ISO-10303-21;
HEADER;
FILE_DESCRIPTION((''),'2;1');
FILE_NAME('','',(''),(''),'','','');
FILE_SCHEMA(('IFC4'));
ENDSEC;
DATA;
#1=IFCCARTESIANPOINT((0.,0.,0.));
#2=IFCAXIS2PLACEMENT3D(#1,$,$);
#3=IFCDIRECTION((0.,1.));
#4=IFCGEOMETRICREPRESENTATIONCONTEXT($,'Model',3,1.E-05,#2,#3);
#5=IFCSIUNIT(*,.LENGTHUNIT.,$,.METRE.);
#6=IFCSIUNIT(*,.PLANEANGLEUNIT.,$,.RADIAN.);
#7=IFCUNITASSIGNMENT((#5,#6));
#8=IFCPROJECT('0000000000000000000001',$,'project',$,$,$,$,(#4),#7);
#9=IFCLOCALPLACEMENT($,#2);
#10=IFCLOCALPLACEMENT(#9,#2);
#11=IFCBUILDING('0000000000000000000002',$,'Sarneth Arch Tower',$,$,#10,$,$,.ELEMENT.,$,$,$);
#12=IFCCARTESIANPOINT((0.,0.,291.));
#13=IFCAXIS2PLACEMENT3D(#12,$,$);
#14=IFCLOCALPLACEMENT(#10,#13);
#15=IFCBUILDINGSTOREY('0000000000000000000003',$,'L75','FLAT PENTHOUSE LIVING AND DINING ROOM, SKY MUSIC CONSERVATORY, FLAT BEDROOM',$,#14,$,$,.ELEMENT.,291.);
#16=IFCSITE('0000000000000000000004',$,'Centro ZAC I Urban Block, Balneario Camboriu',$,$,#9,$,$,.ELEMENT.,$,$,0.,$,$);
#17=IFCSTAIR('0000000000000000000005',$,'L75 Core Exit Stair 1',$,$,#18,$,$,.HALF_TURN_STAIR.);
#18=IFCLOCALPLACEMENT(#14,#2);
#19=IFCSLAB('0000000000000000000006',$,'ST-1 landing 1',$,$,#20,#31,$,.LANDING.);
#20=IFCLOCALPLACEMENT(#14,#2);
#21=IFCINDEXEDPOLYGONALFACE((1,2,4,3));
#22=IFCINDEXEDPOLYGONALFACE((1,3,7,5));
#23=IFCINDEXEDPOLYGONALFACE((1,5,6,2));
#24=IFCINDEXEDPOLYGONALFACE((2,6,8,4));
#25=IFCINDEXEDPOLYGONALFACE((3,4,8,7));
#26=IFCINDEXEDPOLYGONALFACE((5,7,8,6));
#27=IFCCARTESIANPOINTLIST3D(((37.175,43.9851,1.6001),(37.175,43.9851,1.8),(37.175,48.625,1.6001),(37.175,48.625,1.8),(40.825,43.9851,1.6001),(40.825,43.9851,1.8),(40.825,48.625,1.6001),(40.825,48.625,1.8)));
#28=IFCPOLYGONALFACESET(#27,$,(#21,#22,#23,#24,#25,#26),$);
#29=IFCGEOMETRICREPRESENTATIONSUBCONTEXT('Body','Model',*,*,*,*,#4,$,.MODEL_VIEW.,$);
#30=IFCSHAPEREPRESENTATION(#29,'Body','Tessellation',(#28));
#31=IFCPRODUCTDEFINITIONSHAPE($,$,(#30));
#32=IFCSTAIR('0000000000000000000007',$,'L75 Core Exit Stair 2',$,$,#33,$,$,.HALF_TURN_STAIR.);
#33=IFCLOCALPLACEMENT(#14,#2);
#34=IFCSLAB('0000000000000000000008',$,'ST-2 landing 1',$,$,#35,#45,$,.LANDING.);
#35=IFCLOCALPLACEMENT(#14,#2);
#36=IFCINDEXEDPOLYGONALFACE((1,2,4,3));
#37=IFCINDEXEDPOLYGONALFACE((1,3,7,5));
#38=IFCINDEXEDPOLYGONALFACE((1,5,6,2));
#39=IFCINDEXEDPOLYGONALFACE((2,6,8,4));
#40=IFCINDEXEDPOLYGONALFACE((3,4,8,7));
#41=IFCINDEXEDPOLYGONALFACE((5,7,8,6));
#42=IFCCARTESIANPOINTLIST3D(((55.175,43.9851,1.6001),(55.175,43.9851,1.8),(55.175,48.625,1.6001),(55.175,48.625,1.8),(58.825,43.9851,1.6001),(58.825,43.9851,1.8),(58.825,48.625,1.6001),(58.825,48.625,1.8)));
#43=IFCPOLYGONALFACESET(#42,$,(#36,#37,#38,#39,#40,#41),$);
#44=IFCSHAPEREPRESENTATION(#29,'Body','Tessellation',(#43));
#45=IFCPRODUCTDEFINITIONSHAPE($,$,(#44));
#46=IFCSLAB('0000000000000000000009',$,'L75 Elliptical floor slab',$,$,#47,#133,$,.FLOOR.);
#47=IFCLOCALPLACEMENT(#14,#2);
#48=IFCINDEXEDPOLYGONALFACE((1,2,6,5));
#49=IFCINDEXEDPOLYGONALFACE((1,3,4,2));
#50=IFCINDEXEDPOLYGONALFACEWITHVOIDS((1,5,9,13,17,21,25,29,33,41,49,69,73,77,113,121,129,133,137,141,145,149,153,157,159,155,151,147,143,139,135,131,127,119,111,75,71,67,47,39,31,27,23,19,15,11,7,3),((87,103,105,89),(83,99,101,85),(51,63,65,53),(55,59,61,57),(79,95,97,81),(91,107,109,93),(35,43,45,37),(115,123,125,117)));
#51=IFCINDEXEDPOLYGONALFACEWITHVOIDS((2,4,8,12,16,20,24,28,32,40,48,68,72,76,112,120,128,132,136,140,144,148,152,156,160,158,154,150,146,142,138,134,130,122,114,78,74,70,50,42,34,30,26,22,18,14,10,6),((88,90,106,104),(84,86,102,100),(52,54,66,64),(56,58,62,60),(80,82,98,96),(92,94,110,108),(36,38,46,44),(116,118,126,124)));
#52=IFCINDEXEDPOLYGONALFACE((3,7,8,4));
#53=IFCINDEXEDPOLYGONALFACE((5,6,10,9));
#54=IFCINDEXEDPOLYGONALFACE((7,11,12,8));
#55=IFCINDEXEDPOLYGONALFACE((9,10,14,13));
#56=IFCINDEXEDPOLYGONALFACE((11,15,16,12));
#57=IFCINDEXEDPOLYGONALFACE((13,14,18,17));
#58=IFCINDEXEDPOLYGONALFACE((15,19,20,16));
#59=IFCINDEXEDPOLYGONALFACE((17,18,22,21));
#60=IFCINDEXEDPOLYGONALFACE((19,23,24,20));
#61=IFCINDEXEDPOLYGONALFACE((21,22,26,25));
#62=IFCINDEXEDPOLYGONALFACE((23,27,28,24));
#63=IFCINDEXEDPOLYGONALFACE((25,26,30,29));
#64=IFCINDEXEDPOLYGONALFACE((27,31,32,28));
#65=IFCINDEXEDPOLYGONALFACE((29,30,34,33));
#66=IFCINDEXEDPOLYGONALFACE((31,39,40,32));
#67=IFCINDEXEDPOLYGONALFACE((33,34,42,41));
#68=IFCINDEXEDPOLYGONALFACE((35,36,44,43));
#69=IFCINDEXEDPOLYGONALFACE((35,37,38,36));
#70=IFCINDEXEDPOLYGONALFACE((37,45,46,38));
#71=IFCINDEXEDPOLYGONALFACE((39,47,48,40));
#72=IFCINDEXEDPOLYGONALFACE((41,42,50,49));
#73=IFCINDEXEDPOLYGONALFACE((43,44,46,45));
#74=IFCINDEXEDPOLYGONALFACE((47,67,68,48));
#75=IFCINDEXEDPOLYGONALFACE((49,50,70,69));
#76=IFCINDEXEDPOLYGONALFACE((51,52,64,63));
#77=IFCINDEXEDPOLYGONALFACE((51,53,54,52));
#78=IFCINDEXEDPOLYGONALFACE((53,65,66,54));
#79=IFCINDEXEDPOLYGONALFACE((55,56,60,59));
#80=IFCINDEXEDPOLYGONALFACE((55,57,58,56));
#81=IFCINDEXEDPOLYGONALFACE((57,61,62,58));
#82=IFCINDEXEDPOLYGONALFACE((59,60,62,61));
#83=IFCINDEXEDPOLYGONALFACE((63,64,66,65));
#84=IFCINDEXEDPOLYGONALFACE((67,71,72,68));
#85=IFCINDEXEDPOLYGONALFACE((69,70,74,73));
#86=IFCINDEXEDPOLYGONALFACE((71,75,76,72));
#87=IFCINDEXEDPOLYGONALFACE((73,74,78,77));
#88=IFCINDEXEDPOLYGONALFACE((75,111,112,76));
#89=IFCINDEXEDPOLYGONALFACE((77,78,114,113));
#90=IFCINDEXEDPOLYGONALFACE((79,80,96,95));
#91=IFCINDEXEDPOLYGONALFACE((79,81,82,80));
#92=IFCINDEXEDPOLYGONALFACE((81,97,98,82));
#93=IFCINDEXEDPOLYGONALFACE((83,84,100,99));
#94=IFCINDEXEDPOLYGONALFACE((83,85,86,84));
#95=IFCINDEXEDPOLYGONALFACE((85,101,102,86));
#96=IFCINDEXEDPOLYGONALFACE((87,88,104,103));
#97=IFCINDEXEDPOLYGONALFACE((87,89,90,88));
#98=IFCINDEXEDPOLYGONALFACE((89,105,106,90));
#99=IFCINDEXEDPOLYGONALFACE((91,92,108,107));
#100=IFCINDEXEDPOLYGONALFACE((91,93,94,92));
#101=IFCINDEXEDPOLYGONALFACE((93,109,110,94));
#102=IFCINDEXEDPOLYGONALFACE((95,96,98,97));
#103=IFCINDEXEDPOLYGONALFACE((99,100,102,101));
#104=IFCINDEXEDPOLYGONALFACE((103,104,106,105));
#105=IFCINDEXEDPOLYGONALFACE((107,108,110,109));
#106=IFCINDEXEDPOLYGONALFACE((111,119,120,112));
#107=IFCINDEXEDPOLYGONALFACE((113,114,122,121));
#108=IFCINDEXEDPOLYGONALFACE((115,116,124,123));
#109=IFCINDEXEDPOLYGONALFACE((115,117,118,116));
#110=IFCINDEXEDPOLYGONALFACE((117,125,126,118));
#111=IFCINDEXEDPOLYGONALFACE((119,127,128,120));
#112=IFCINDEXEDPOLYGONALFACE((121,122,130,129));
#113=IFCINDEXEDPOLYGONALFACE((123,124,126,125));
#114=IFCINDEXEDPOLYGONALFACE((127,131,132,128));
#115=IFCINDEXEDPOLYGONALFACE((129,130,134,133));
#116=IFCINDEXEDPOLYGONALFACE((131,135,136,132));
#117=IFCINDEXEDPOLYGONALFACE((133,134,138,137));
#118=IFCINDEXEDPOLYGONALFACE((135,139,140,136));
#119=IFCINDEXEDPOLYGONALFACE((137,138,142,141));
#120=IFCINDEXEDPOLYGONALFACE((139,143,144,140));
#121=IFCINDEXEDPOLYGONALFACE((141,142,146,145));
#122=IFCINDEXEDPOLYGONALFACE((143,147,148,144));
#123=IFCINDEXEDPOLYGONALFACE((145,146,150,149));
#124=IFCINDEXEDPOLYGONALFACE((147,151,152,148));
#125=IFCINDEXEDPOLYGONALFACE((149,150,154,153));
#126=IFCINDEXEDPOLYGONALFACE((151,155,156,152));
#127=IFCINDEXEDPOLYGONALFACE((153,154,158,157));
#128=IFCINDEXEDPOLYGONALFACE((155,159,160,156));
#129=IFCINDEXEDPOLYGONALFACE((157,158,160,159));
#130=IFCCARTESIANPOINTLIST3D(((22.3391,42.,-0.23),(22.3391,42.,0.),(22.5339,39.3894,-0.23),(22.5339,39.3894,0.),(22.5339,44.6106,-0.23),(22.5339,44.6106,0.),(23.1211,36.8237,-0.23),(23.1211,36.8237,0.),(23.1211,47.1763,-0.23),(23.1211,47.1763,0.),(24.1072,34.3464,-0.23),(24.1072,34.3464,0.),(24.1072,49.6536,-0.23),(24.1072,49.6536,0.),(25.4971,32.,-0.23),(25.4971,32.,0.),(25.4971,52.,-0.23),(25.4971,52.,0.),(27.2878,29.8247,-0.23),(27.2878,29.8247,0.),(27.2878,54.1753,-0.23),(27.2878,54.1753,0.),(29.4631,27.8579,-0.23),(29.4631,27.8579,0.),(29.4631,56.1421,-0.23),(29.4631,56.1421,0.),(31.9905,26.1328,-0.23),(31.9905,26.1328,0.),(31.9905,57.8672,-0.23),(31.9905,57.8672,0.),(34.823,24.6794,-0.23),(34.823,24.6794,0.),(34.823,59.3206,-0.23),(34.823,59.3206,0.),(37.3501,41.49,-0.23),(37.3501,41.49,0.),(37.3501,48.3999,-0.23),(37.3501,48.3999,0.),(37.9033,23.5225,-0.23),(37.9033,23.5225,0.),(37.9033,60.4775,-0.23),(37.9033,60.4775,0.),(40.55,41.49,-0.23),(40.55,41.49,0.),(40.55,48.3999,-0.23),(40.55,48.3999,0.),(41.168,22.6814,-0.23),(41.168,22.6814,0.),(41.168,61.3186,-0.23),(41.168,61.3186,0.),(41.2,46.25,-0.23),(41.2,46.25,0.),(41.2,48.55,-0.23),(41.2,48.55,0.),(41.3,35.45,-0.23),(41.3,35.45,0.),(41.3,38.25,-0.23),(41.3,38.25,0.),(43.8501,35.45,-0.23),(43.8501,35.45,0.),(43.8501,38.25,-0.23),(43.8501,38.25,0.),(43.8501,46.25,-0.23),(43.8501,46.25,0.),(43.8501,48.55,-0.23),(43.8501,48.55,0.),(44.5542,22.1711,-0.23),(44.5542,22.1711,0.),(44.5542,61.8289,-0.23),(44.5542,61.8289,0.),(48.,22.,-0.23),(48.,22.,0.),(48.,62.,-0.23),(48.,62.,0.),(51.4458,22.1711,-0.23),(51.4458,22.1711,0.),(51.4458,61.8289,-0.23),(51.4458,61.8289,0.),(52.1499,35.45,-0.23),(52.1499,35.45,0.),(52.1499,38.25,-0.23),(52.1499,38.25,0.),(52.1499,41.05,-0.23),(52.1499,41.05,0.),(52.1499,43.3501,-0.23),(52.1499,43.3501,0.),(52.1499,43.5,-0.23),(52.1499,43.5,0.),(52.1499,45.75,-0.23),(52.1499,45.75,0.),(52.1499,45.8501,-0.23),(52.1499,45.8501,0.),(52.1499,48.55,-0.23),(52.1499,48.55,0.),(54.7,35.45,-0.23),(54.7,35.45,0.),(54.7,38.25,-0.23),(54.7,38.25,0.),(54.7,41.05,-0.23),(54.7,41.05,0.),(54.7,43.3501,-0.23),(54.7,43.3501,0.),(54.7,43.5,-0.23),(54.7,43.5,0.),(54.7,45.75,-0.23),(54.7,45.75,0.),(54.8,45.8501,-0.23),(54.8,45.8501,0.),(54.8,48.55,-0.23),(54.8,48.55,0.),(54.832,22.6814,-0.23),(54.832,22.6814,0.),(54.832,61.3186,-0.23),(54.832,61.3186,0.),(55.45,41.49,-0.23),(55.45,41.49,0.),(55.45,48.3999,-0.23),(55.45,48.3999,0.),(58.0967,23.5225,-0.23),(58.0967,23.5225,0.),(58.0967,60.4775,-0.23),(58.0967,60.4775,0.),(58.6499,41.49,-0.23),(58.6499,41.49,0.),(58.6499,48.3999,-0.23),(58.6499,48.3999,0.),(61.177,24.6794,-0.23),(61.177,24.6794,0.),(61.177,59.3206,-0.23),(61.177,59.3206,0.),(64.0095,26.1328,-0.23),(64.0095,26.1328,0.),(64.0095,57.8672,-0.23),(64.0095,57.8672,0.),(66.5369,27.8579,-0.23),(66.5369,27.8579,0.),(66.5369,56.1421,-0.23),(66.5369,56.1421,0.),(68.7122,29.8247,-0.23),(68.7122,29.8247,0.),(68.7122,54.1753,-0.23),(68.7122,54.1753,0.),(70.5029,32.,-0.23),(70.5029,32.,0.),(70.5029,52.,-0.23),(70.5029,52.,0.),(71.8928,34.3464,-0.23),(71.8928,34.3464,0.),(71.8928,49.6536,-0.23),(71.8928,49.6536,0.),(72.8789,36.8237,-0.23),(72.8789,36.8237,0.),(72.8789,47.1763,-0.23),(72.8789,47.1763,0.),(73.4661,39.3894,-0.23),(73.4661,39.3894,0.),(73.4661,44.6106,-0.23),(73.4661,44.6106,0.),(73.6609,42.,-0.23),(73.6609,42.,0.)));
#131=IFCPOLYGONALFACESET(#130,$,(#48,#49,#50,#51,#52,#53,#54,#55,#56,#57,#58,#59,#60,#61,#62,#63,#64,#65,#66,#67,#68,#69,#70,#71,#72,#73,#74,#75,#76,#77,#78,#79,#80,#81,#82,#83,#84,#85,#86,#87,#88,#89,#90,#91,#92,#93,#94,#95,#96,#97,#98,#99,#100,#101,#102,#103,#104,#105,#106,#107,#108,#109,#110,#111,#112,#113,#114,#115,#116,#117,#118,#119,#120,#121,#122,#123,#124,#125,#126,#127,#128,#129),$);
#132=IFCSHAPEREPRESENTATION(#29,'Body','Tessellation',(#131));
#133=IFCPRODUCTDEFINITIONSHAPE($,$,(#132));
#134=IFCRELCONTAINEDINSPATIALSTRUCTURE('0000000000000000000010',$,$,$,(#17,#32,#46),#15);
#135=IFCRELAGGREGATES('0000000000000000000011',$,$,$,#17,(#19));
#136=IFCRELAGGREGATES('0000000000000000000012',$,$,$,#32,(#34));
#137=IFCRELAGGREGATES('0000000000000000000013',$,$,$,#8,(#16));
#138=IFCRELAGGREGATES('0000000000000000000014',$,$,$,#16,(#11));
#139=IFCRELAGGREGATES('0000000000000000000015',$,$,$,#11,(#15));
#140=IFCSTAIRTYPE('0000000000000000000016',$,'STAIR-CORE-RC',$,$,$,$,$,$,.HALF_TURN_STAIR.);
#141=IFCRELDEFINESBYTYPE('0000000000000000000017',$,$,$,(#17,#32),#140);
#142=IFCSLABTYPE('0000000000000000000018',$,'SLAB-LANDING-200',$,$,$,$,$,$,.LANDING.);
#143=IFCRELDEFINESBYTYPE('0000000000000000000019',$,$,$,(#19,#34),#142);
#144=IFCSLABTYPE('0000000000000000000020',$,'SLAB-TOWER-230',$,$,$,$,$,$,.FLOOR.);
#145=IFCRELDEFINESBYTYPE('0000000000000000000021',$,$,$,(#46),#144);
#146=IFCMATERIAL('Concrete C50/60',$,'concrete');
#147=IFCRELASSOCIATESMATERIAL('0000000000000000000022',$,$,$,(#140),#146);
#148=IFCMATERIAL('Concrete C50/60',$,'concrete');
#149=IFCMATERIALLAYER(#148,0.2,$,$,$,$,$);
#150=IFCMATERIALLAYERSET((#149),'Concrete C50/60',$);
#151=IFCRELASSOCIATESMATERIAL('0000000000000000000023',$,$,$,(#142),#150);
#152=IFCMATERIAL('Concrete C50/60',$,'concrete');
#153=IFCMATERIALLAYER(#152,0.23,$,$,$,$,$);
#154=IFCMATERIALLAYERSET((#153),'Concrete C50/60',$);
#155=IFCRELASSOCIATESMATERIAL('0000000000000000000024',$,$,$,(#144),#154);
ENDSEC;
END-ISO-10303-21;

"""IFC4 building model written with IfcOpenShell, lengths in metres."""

from ifc_helpers import new_model, si_unit, direction, frame, origin, place, context, subcontext, project, spatial, polyline, outline, extrude, material, layer, layer_set, type_object, element, aggregate, save


model = new_model("IFC4")

# Units and contexts
model_context = context("Model", 3, precision=1e-05, world=origin(), true_north=direction((0.0, 1.0)))
body_context = subcontext(model_context, "Body", "Model", "MODEL_VIEW")
ifc_project = project(units=[si_unit("LENGTHUNIT", "METRE"), si_unit("PLANEANGLEUNIT", "RADIAN")], contexts=[model_context])

# Site, building, storey
site_placement = place(None, origin())
site = spatial("IfcSite", under=ifc_project, at=site_placement, Name="Centro ZAC I Urban Block, Balneario Camboriu", CompositionType="ELEMENT", RefElevation=0.0)
building_placement = place(site_placement, origin())
building = spatial("IfcBuilding", under=site, at=building_placement, Name="Sarneth Arch Tower", CompositionType="ELEMENT")
storey_placement = place(building_placement, frame((0.0, 0.0, 291.0)))
storey = spatial("IfcBuildingStorey", under=building, at=storey_placement, Name="L75", Description="FLAT PENTHOUSE LIVING AND DINING ROOM, SKY MUSIC CONSERVATORY, FLAT BEDROOM", CompositionType="ELEMENT", Elevation=291.0)

# Stairs, slabs
ifc_material_1 = material(Name="Concrete C50/60", Category="concrete")
stair_type = type_object("IfcStairType", Name="STAIR-CORE-RC", PredefinedType="HALF_TURN_STAIR", material=ifc_material_1)
stair_1_placement = place(storey_placement, origin())
stair_1 = element("IfcStair", 1, at=stair_1_placement, inside=storey, type_object=stair_type, Name="L75 Core Exit Stair 1", PredefinedType="HALF_TURN_STAIR")
ifc_material_2 = material(Name="Concrete C50/60", Category="concrete")
ifc_layer_1 = layer(ifc_material_2, 0.2)
ifc_layer_set_1 = layer_set([ifc_layer_1], Name="Concrete C50/60")
slab_type_1 = type_object("IfcSlabType", Name="SLAB-LANDING-200", PredefinedType="LANDING", material=ifc_layer_set_1)
slab_1_placement = place(storey_placement, frame((0.0, 0.0, 1.6001)))
slab_1 = element("IfcSlab", 2, at=slab_1_placement, type_object=slab_type_1, Name="ST-1 landing 1", PredefinedType="LANDING", context=body_context, shape_type="SweptSolid", body=[
    extrude(outline(polyline([(37.175, 43.9851), (40.825, 43.9851), (40.825, 48.625), (37.175, 48.625), (37.175, 43.9851)])), origin(), (0.0, 0.0, 1.0), 0.2),
])
aggregate(stair_1, [slab_1])
stair_2_placement = place(storey_placement, origin())
stair_2 = element("IfcStair", 3, at=stair_2_placement, inside=storey, type_object=stair_type, Name="L75 Core Exit Stair 2", PredefinedType="HALF_TURN_STAIR")
slab_2_placement = place(storey_placement, frame((0.0, 0.0, 1.6001)))
slab_2 = element("IfcSlab", 4, at=slab_2_placement, type_object=slab_type_1, Name="ST-2 landing 1", PredefinedType="LANDING", context=body_context, shape_type="SweptSolid", body=[
    extrude(outline(polyline([(55.175, 43.9851), (58.825, 43.9851), (58.825, 48.625), (55.175, 48.625), (55.175, 43.9851)])), origin(), (0.0, 0.0, 1.0), 0.2),
])
aggregate(stair_2, [slab_2])

# Slab
ifc_material_3 = material(Name="Concrete C50/60", Category="concrete")
ifc_layer_2 = layer(ifc_material_3, 0.23)
ifc_layer_set_2 = layer_set([ifc_layer_2], Name="Concrete C50/60")
slab_type_2 = type_object("IfcSlabType", Name="SLAB-TOWER-230", PredefinedType="FLOOR", material=ifc_layer_set_2)
slab_3_placement = place(storey_placement, frame((0.0, 0.0, -0.23)))
element("IfcSlab", 5, at=slab_3_placement, inside=storey, type_object=slab_type_2, Name="L75 Elliptical floor slab", PredefinedType="FLOOR", context=body_context, shape_type="SweptSolid", body=[
    extrude(outline(polyline([(73.6609, 42.0), (73.4661, 44.6106), (72.8789, 47.1763), (71.8928, 49.6536), (70.5029, 52.0), (68.7122, 54.1753), (66.5369, 56.1421), (64.0095, 57.8672), (61.177, 59.3206), (58.0967, 60.4775), (54.832, 61.3186), (51.4458, 61.8289), (48.0, 62.0), (44.5542, 61.8289), (41.168, 61.3186), (37.9033, 60.4775), (34.823, 59.3206), (31.9905, 57.8672), (29.4631, 56.1421), (27.2878, 54.1753), (25.4971, 52.0), (24.1072, 49.6536), (23.1211, 47.1763), (22.5339, 44.6106), (22.3391, 42.0), (22.5339, 39.3894), (23.1211, 36.8237), (24.1072, 34.3464), (25.4971, 32.0), (27.2878, 29.8247), (29.4631, 27.8579), (31.9905, 26.1328), (34.823, 24.6794), (37.9033, 23.5225), (41.168, 22.6814), (44.5542, 22.1711), (48.0, 22.0), (51.4458, 22.1711), (54.832, 22.6814), (58.0967, 23.5225), (61.177, 24.6794), (64.0095, 26.1328), (66.5369, 27.8579), (68.7122, 29.8247), (70.5029, 32.0), (71.8928, 34.3464), (72.8789, 36.8237), (73.4661, 39.3894), (73.6609, 42.0)]), holes=[polyline([(37.3501, 41.49), (40.55, 41.49), (40.55, 48.3999), (37.3501, 48.3999), (37.3501, 41.49)]), polyline([(55.45, 41.49), (58.6499, 41.49), (58.6499, 48.3999), (55.45, 48.3999), (55.45, 41.49)]), polyline([(41.2, 46.25), (43.8501, 46.25), (43.8501, 48.55), (41.2, 48.55), (41.2, 46.25)]), polyline([(41.3, 35.45), (43.8501, 35.45), (43.8501, 38.25), (41.3, 38.25), (41.3, 35.45)]), polyline([(52.1499, 35.45), (54.7, 35.45), (54.7, 38.25), (52.1499, 38.25), (52.1499, 35.45)]), polyline([(52.1499, 45.8501), (54.8, 45.8501), (54.8, 48.55), (52.1499, 48.55), (52.1499, 45.8501)]), polyline([(52.1499, 41.05), (54.7, 41.05), (54.7, 43.3501), (52.1499, 43.3501), (52.1499, 41.05)]), polyline([(52.1499, 43.5), (54.7, 43.5), (54.7, 45.75), (52.1499, 45.75), (52.1499, 43.5)])]), origin(), (0.0, 0.0, 1.0), 0.23),
])

save(model, "model.ifc")
